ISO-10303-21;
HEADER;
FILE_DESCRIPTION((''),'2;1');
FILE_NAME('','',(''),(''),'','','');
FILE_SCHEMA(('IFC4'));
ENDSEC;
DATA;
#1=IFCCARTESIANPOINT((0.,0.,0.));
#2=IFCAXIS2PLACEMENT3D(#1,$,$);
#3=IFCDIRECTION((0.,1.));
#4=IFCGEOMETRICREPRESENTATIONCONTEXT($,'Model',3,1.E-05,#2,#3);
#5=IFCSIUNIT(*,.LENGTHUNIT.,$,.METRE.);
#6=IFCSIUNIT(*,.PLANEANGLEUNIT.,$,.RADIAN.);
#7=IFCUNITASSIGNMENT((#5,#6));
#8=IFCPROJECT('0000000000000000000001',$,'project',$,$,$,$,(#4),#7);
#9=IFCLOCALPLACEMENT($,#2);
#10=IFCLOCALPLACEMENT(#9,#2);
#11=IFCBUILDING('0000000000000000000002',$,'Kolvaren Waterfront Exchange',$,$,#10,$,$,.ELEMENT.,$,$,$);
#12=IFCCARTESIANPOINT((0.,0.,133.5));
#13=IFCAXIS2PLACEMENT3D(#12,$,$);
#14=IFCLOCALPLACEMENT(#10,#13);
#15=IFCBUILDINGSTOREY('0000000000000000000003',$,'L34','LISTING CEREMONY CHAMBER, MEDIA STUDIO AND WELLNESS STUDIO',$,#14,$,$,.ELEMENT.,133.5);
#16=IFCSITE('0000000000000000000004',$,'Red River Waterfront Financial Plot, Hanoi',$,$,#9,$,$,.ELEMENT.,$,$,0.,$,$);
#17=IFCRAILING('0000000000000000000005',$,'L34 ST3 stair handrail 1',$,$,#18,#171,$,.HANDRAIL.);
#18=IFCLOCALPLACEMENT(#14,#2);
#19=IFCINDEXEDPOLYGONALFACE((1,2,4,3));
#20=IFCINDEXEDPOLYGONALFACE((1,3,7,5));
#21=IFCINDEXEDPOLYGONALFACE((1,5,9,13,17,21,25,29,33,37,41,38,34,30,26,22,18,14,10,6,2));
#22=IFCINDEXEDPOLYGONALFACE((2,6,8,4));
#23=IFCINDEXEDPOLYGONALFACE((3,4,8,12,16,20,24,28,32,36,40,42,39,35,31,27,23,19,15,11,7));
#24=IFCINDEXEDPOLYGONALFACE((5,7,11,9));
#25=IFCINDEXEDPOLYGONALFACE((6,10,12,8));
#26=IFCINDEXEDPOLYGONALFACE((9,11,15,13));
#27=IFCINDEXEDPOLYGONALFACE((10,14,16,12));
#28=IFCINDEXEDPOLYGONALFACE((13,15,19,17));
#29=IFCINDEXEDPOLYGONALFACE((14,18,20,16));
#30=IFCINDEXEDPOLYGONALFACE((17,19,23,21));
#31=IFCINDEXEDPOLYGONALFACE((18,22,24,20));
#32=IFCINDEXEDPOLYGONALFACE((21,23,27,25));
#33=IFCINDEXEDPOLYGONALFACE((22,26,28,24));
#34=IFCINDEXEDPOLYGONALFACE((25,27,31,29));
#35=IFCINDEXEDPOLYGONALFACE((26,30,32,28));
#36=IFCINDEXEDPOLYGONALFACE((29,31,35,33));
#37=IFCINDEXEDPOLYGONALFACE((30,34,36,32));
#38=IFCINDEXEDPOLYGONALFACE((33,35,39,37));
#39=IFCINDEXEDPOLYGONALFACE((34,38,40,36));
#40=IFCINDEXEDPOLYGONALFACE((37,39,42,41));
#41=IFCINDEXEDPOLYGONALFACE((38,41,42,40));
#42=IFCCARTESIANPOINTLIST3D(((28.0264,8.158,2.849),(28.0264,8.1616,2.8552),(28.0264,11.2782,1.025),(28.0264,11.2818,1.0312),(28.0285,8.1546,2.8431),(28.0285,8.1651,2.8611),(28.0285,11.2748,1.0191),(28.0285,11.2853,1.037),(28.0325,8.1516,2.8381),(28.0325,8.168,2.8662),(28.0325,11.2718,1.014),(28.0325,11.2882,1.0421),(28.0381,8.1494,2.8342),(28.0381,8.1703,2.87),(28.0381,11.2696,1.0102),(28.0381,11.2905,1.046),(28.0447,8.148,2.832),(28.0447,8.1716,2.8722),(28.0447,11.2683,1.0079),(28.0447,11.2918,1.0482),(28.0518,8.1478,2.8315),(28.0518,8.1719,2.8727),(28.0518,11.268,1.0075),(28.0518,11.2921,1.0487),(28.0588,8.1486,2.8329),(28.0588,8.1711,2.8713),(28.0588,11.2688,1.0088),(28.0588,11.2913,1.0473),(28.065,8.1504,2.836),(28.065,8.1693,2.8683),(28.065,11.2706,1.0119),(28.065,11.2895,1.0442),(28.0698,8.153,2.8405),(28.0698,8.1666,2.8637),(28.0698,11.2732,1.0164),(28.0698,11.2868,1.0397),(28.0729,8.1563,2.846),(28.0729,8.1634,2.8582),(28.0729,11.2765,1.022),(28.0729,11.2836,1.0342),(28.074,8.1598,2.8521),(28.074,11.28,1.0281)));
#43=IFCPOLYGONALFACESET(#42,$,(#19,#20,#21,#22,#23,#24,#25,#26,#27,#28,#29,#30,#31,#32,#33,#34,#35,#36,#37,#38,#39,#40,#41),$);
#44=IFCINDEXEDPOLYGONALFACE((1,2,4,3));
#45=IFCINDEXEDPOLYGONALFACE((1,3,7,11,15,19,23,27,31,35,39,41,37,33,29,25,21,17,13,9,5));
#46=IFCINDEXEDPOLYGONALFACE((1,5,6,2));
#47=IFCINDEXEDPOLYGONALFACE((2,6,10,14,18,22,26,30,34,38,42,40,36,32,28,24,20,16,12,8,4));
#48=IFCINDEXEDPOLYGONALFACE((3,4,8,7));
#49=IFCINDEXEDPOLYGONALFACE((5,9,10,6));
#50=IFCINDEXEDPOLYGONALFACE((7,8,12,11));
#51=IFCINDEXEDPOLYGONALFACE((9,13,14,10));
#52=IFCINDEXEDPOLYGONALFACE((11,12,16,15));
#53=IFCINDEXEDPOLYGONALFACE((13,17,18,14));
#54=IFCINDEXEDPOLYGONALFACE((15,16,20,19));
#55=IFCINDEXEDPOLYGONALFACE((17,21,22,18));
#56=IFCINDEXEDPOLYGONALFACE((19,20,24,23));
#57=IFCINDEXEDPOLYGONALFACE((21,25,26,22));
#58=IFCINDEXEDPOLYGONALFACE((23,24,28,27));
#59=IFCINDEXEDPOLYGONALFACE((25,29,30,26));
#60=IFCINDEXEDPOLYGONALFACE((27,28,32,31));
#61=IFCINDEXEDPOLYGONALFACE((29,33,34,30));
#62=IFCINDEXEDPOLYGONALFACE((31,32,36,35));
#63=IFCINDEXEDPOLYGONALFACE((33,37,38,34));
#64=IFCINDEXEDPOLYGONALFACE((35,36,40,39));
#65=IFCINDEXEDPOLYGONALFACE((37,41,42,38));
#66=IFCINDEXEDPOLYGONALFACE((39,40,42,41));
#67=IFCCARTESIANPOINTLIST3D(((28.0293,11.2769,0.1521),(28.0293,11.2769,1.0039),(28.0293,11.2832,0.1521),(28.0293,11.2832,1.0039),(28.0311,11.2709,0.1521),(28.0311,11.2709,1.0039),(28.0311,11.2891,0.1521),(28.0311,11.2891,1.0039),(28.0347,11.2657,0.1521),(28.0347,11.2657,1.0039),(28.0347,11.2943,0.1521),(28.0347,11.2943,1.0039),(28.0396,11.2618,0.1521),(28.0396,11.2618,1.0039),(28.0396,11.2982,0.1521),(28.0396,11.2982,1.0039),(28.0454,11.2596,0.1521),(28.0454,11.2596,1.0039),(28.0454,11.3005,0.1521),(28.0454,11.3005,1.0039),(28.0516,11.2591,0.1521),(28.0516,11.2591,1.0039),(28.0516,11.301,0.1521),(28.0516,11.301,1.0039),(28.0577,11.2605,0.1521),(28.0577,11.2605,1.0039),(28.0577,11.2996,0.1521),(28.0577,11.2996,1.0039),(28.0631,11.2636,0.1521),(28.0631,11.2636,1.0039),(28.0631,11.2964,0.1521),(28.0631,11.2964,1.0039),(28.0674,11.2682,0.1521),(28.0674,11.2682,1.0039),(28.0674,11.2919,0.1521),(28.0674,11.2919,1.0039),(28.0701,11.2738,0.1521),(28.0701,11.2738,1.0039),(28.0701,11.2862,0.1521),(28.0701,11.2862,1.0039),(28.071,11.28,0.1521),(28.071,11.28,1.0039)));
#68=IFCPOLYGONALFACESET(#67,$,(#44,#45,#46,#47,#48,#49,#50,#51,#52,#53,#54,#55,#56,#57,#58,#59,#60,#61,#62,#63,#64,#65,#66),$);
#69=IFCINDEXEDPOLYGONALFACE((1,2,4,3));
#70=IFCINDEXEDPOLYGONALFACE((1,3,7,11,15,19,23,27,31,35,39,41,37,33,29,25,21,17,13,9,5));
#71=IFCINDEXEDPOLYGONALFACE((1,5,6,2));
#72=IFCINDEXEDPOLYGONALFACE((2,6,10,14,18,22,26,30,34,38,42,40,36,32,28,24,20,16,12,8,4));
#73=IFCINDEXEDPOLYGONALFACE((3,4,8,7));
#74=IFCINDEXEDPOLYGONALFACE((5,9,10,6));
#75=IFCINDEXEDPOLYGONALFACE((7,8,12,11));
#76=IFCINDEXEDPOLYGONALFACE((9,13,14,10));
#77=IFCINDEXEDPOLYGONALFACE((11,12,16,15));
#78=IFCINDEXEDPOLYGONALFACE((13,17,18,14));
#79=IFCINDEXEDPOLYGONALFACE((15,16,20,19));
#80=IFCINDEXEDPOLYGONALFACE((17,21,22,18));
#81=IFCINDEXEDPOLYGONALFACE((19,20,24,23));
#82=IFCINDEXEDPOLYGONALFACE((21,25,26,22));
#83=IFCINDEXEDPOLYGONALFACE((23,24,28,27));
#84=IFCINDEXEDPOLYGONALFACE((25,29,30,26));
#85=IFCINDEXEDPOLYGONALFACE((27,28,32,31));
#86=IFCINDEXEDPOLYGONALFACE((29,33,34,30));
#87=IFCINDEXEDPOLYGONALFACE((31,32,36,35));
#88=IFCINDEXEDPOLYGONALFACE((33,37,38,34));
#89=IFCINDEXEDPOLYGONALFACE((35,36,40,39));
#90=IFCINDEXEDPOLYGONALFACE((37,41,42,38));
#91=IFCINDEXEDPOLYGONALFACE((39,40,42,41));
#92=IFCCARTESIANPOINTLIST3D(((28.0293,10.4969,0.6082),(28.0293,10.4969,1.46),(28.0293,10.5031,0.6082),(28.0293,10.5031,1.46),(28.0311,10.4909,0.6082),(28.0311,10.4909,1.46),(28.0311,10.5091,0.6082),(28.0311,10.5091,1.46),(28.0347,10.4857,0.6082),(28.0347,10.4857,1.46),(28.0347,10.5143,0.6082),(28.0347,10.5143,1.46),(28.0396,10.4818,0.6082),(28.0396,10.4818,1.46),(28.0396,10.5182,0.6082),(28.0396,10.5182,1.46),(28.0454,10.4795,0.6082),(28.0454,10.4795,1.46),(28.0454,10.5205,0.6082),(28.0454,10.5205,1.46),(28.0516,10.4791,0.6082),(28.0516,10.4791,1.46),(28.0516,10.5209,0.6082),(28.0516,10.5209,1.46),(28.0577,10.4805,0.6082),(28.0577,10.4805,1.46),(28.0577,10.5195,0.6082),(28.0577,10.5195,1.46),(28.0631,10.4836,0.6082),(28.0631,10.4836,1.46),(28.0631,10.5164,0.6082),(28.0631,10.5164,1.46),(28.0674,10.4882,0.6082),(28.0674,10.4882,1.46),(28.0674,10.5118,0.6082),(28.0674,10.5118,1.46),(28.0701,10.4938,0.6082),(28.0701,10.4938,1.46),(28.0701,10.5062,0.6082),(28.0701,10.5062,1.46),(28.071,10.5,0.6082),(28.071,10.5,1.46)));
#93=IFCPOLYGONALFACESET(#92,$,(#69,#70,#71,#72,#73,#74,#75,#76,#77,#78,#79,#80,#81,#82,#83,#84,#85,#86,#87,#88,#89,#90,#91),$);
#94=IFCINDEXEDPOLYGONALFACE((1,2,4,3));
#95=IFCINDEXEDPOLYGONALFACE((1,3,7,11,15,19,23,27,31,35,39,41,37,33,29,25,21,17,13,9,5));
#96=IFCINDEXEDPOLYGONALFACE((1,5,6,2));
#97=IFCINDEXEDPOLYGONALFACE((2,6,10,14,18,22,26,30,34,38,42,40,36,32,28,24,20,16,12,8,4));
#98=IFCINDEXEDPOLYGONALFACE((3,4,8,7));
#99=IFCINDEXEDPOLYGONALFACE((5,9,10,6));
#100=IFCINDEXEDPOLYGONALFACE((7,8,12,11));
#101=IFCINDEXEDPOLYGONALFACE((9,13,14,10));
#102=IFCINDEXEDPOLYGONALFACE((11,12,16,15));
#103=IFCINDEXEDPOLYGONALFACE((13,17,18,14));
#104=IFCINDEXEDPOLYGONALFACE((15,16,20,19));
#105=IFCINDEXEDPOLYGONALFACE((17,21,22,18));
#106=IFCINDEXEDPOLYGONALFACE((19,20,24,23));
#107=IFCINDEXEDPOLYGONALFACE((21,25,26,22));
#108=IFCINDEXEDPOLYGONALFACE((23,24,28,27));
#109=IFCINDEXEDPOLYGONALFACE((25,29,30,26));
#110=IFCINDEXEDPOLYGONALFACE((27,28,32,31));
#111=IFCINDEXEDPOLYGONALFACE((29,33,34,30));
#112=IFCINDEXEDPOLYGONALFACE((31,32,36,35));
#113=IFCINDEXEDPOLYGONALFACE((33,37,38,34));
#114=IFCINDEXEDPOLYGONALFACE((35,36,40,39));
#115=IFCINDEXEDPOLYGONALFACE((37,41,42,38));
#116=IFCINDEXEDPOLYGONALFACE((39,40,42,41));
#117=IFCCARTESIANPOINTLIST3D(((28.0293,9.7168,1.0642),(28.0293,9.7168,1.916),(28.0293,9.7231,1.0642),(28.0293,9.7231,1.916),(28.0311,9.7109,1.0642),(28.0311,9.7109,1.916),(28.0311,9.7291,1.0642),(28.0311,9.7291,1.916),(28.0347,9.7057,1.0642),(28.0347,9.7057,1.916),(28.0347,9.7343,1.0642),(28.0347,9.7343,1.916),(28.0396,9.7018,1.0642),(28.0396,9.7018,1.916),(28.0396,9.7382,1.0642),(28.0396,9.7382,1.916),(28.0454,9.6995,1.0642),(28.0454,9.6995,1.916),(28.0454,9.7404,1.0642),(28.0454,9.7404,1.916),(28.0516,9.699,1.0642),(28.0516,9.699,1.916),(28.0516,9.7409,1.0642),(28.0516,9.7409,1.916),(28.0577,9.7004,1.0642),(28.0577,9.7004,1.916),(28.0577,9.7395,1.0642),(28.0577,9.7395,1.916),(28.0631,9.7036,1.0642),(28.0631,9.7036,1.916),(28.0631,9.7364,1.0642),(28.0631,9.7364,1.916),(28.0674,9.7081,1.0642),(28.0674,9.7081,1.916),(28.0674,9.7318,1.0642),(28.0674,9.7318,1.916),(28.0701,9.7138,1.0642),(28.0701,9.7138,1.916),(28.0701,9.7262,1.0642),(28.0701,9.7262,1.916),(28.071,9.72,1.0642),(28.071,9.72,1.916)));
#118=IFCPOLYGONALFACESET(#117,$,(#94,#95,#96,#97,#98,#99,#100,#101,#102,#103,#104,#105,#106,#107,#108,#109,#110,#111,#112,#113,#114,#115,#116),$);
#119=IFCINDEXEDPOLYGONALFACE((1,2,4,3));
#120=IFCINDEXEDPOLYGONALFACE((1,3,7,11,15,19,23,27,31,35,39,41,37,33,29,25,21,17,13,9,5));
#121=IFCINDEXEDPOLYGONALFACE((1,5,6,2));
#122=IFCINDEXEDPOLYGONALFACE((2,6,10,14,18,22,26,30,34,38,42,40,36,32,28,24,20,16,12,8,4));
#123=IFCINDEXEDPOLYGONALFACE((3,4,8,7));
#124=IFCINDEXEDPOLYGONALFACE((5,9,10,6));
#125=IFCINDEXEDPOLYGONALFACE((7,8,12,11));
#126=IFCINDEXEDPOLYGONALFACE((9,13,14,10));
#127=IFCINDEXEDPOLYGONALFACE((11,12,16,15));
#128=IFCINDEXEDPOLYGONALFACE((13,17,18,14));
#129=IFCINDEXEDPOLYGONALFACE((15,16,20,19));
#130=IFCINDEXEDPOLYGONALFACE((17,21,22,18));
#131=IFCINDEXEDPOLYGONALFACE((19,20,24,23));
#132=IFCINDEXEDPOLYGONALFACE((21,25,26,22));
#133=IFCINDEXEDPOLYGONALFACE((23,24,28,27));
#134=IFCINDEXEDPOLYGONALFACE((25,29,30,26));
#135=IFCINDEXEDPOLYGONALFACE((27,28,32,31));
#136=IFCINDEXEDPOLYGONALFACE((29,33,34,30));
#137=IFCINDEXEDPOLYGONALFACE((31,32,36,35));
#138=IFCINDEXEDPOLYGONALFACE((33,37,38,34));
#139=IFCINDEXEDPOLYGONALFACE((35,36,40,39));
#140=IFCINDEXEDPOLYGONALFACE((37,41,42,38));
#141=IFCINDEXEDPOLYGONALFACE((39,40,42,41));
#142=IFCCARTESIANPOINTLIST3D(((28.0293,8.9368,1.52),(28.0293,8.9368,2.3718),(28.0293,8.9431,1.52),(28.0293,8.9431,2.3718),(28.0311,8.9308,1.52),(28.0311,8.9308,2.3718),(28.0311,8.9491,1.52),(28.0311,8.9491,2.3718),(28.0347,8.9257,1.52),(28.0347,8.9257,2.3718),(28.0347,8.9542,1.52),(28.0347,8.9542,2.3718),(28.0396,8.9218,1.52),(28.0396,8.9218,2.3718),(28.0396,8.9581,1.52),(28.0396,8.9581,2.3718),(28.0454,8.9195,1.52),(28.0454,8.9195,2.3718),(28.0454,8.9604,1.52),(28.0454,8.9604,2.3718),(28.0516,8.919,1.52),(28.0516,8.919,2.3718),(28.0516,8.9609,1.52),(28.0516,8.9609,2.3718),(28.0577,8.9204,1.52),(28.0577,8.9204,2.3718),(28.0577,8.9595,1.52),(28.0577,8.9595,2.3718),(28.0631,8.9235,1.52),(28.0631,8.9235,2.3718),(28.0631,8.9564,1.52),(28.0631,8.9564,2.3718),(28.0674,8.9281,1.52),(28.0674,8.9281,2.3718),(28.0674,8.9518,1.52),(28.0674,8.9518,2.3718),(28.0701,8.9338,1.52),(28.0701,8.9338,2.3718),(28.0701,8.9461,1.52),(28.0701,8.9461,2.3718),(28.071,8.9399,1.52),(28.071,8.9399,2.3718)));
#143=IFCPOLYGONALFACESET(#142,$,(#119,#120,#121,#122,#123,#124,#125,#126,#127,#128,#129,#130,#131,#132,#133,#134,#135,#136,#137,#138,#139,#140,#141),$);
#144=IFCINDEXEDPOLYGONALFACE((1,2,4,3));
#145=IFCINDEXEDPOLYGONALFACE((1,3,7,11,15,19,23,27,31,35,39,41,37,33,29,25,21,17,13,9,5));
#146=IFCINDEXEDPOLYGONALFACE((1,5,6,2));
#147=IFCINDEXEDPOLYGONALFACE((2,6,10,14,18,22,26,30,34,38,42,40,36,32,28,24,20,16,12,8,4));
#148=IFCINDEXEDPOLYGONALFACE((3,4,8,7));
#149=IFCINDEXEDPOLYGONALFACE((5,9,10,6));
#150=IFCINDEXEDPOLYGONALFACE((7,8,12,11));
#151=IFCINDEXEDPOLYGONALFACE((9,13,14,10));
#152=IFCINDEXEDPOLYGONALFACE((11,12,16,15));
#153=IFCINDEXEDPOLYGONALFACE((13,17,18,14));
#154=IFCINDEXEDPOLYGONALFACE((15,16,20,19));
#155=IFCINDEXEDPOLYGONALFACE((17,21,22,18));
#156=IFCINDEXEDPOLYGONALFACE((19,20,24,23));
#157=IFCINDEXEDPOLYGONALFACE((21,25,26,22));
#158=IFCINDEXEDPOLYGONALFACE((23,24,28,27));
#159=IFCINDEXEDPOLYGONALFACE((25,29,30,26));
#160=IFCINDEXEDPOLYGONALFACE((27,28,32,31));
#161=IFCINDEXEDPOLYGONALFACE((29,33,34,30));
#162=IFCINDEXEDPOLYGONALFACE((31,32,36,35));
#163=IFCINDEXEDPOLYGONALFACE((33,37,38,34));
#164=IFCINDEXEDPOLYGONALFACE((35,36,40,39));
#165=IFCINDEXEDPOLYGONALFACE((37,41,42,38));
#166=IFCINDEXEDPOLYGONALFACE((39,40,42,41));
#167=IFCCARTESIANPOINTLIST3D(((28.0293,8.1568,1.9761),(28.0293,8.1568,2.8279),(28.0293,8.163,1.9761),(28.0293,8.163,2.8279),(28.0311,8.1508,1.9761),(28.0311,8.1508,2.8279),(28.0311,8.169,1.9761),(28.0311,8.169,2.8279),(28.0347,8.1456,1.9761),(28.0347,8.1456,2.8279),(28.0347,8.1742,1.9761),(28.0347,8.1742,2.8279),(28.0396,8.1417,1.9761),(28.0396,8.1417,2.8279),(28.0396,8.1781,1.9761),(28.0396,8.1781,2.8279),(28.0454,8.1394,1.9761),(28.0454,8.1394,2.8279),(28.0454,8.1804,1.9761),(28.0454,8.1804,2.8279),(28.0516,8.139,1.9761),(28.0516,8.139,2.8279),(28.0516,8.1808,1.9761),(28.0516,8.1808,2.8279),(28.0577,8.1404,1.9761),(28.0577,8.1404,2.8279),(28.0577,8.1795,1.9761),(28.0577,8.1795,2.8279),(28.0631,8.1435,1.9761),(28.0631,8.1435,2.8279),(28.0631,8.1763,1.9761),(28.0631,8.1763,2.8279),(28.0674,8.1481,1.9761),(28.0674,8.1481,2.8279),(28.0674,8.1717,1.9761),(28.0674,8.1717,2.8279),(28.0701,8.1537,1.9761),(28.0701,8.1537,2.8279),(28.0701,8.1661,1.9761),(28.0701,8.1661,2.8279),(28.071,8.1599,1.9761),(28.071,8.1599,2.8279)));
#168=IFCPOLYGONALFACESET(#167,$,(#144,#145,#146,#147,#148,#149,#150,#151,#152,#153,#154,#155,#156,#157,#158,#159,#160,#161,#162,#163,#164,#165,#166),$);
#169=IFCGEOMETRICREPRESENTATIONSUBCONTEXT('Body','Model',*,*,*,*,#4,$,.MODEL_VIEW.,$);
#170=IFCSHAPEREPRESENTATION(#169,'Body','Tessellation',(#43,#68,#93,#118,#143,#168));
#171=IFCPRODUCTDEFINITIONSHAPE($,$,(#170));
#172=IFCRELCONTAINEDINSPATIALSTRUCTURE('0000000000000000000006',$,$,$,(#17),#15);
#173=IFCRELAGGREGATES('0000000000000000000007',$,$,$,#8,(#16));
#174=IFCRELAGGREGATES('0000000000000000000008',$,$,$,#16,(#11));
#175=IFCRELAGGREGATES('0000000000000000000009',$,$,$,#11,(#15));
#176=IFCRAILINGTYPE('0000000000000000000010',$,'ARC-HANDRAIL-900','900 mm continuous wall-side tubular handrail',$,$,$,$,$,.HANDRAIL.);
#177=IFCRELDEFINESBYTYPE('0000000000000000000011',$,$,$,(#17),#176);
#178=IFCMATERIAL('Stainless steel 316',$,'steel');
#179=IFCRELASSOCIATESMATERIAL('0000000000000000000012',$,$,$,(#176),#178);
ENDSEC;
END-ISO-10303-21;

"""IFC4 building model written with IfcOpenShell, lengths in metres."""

from ifc_helpers import new_model, si_unit, direction, frame, origin, origin_2d, place, context, subcontext, project, spatial, circle, extrude, material, type_object, element, save


model = new_model("IFC4")

# Units and contexts
model_context = context("Model", 3, precision=1e-05, world=origin(), true_north=direction((0.0, 1.0)))
body_context = subcontext(model_context, "Body", "Model", "MODEL_VIEW")
ifc_project = project(units=[si_unit("LENGTHUNIT", "METRE"), si_unit("PLANEANGLEUNIT", "RADIAN")], contexts=[model_context])

# Site, building, storey
site_placement = place(None, origin())
site = spatial("IfcSite", under=ifc_project, at=site_placement, Name="Red River Waterfront Financial Plot, Hanoi", CompositionType="ELEMENT", RefElevation=0.0)
building_placement = place(site_placement, origin())
building = spatial("IfcBuilding", under=site, at=building_placement, Name="Kolvaren Waterfront Exchange", CompositionType="ELEMENT")
storey_placement = place(building_placement, frame((0.0, 0.0, 133.5)))
storey = spatial("IfcBuildingStorey", under=building, at=storey_placement, Name="L34", Description="LISTING CEREMONY CHAMBER, MEDIA STUDIO AND WELLNESS STUDIO", CompositionType="ELEMENT", Elevation=133.5)

# Railing
ifc_material_1 = material(Name="Stainless steel 316", Category="steel")
railing_type_1 = type_object("IfcRailingType", Name="ARC-HANDRAIL-900", Description="900 mm continuous wall-side tubular handrail", PredefinedType="HANDRAIL", material=ifc_material_1)
railing_1_placement = place(storey_placement, frame((28.05, 11.28, 0.1521)))
element("IfcRailing", 1, at=railing_1_placement, inside=storey, type_object=railing_type_1, Name="L34 ST3 stair handrail 1", PredefinedType="HANDRAIL", context=body_context, shape_type="SweptSolid", body=[
    extrude(circle(Radius=0.0239, at=origin_2d()), frame((0.0, 0.0, 0.876), z_axis=(0.0, -0.863308, 0.504677), x_axis=(1.0, 0.0, 0.0)), (0.0, 0.0, 1.0), 3.6143),
    extrude(circle(Radius=0.021, at=origin_2d()), origin(), (0.0, 0.0, 1.0), 0.8518),
    extrude(circle(Radius=0.021, at=origin_2d()), frame((0.0, -0.78, 0.4561)), (0.0, 0.0, 1.0), 0.8518),
    extrude(circle(Radius=0.021, at=origin_2d()), frame((0.0, -1.5601, 0.9121)), (0.0, 0.0, 1.0), 0.8518),
    extrude(circle(Radius=0.021, at=origin_2d()), frame((0.0, -2.3401, 1.3679)), (0.0, 0.0, 1.0), 0.8518),
    extrude(circle(Radius=0.021, at=origin_2d()), frame((0.0, -3.1201, 1.824)), (0.0, 0.0, 1.0), 0.8518),
])

save(model, "model.ifc")
